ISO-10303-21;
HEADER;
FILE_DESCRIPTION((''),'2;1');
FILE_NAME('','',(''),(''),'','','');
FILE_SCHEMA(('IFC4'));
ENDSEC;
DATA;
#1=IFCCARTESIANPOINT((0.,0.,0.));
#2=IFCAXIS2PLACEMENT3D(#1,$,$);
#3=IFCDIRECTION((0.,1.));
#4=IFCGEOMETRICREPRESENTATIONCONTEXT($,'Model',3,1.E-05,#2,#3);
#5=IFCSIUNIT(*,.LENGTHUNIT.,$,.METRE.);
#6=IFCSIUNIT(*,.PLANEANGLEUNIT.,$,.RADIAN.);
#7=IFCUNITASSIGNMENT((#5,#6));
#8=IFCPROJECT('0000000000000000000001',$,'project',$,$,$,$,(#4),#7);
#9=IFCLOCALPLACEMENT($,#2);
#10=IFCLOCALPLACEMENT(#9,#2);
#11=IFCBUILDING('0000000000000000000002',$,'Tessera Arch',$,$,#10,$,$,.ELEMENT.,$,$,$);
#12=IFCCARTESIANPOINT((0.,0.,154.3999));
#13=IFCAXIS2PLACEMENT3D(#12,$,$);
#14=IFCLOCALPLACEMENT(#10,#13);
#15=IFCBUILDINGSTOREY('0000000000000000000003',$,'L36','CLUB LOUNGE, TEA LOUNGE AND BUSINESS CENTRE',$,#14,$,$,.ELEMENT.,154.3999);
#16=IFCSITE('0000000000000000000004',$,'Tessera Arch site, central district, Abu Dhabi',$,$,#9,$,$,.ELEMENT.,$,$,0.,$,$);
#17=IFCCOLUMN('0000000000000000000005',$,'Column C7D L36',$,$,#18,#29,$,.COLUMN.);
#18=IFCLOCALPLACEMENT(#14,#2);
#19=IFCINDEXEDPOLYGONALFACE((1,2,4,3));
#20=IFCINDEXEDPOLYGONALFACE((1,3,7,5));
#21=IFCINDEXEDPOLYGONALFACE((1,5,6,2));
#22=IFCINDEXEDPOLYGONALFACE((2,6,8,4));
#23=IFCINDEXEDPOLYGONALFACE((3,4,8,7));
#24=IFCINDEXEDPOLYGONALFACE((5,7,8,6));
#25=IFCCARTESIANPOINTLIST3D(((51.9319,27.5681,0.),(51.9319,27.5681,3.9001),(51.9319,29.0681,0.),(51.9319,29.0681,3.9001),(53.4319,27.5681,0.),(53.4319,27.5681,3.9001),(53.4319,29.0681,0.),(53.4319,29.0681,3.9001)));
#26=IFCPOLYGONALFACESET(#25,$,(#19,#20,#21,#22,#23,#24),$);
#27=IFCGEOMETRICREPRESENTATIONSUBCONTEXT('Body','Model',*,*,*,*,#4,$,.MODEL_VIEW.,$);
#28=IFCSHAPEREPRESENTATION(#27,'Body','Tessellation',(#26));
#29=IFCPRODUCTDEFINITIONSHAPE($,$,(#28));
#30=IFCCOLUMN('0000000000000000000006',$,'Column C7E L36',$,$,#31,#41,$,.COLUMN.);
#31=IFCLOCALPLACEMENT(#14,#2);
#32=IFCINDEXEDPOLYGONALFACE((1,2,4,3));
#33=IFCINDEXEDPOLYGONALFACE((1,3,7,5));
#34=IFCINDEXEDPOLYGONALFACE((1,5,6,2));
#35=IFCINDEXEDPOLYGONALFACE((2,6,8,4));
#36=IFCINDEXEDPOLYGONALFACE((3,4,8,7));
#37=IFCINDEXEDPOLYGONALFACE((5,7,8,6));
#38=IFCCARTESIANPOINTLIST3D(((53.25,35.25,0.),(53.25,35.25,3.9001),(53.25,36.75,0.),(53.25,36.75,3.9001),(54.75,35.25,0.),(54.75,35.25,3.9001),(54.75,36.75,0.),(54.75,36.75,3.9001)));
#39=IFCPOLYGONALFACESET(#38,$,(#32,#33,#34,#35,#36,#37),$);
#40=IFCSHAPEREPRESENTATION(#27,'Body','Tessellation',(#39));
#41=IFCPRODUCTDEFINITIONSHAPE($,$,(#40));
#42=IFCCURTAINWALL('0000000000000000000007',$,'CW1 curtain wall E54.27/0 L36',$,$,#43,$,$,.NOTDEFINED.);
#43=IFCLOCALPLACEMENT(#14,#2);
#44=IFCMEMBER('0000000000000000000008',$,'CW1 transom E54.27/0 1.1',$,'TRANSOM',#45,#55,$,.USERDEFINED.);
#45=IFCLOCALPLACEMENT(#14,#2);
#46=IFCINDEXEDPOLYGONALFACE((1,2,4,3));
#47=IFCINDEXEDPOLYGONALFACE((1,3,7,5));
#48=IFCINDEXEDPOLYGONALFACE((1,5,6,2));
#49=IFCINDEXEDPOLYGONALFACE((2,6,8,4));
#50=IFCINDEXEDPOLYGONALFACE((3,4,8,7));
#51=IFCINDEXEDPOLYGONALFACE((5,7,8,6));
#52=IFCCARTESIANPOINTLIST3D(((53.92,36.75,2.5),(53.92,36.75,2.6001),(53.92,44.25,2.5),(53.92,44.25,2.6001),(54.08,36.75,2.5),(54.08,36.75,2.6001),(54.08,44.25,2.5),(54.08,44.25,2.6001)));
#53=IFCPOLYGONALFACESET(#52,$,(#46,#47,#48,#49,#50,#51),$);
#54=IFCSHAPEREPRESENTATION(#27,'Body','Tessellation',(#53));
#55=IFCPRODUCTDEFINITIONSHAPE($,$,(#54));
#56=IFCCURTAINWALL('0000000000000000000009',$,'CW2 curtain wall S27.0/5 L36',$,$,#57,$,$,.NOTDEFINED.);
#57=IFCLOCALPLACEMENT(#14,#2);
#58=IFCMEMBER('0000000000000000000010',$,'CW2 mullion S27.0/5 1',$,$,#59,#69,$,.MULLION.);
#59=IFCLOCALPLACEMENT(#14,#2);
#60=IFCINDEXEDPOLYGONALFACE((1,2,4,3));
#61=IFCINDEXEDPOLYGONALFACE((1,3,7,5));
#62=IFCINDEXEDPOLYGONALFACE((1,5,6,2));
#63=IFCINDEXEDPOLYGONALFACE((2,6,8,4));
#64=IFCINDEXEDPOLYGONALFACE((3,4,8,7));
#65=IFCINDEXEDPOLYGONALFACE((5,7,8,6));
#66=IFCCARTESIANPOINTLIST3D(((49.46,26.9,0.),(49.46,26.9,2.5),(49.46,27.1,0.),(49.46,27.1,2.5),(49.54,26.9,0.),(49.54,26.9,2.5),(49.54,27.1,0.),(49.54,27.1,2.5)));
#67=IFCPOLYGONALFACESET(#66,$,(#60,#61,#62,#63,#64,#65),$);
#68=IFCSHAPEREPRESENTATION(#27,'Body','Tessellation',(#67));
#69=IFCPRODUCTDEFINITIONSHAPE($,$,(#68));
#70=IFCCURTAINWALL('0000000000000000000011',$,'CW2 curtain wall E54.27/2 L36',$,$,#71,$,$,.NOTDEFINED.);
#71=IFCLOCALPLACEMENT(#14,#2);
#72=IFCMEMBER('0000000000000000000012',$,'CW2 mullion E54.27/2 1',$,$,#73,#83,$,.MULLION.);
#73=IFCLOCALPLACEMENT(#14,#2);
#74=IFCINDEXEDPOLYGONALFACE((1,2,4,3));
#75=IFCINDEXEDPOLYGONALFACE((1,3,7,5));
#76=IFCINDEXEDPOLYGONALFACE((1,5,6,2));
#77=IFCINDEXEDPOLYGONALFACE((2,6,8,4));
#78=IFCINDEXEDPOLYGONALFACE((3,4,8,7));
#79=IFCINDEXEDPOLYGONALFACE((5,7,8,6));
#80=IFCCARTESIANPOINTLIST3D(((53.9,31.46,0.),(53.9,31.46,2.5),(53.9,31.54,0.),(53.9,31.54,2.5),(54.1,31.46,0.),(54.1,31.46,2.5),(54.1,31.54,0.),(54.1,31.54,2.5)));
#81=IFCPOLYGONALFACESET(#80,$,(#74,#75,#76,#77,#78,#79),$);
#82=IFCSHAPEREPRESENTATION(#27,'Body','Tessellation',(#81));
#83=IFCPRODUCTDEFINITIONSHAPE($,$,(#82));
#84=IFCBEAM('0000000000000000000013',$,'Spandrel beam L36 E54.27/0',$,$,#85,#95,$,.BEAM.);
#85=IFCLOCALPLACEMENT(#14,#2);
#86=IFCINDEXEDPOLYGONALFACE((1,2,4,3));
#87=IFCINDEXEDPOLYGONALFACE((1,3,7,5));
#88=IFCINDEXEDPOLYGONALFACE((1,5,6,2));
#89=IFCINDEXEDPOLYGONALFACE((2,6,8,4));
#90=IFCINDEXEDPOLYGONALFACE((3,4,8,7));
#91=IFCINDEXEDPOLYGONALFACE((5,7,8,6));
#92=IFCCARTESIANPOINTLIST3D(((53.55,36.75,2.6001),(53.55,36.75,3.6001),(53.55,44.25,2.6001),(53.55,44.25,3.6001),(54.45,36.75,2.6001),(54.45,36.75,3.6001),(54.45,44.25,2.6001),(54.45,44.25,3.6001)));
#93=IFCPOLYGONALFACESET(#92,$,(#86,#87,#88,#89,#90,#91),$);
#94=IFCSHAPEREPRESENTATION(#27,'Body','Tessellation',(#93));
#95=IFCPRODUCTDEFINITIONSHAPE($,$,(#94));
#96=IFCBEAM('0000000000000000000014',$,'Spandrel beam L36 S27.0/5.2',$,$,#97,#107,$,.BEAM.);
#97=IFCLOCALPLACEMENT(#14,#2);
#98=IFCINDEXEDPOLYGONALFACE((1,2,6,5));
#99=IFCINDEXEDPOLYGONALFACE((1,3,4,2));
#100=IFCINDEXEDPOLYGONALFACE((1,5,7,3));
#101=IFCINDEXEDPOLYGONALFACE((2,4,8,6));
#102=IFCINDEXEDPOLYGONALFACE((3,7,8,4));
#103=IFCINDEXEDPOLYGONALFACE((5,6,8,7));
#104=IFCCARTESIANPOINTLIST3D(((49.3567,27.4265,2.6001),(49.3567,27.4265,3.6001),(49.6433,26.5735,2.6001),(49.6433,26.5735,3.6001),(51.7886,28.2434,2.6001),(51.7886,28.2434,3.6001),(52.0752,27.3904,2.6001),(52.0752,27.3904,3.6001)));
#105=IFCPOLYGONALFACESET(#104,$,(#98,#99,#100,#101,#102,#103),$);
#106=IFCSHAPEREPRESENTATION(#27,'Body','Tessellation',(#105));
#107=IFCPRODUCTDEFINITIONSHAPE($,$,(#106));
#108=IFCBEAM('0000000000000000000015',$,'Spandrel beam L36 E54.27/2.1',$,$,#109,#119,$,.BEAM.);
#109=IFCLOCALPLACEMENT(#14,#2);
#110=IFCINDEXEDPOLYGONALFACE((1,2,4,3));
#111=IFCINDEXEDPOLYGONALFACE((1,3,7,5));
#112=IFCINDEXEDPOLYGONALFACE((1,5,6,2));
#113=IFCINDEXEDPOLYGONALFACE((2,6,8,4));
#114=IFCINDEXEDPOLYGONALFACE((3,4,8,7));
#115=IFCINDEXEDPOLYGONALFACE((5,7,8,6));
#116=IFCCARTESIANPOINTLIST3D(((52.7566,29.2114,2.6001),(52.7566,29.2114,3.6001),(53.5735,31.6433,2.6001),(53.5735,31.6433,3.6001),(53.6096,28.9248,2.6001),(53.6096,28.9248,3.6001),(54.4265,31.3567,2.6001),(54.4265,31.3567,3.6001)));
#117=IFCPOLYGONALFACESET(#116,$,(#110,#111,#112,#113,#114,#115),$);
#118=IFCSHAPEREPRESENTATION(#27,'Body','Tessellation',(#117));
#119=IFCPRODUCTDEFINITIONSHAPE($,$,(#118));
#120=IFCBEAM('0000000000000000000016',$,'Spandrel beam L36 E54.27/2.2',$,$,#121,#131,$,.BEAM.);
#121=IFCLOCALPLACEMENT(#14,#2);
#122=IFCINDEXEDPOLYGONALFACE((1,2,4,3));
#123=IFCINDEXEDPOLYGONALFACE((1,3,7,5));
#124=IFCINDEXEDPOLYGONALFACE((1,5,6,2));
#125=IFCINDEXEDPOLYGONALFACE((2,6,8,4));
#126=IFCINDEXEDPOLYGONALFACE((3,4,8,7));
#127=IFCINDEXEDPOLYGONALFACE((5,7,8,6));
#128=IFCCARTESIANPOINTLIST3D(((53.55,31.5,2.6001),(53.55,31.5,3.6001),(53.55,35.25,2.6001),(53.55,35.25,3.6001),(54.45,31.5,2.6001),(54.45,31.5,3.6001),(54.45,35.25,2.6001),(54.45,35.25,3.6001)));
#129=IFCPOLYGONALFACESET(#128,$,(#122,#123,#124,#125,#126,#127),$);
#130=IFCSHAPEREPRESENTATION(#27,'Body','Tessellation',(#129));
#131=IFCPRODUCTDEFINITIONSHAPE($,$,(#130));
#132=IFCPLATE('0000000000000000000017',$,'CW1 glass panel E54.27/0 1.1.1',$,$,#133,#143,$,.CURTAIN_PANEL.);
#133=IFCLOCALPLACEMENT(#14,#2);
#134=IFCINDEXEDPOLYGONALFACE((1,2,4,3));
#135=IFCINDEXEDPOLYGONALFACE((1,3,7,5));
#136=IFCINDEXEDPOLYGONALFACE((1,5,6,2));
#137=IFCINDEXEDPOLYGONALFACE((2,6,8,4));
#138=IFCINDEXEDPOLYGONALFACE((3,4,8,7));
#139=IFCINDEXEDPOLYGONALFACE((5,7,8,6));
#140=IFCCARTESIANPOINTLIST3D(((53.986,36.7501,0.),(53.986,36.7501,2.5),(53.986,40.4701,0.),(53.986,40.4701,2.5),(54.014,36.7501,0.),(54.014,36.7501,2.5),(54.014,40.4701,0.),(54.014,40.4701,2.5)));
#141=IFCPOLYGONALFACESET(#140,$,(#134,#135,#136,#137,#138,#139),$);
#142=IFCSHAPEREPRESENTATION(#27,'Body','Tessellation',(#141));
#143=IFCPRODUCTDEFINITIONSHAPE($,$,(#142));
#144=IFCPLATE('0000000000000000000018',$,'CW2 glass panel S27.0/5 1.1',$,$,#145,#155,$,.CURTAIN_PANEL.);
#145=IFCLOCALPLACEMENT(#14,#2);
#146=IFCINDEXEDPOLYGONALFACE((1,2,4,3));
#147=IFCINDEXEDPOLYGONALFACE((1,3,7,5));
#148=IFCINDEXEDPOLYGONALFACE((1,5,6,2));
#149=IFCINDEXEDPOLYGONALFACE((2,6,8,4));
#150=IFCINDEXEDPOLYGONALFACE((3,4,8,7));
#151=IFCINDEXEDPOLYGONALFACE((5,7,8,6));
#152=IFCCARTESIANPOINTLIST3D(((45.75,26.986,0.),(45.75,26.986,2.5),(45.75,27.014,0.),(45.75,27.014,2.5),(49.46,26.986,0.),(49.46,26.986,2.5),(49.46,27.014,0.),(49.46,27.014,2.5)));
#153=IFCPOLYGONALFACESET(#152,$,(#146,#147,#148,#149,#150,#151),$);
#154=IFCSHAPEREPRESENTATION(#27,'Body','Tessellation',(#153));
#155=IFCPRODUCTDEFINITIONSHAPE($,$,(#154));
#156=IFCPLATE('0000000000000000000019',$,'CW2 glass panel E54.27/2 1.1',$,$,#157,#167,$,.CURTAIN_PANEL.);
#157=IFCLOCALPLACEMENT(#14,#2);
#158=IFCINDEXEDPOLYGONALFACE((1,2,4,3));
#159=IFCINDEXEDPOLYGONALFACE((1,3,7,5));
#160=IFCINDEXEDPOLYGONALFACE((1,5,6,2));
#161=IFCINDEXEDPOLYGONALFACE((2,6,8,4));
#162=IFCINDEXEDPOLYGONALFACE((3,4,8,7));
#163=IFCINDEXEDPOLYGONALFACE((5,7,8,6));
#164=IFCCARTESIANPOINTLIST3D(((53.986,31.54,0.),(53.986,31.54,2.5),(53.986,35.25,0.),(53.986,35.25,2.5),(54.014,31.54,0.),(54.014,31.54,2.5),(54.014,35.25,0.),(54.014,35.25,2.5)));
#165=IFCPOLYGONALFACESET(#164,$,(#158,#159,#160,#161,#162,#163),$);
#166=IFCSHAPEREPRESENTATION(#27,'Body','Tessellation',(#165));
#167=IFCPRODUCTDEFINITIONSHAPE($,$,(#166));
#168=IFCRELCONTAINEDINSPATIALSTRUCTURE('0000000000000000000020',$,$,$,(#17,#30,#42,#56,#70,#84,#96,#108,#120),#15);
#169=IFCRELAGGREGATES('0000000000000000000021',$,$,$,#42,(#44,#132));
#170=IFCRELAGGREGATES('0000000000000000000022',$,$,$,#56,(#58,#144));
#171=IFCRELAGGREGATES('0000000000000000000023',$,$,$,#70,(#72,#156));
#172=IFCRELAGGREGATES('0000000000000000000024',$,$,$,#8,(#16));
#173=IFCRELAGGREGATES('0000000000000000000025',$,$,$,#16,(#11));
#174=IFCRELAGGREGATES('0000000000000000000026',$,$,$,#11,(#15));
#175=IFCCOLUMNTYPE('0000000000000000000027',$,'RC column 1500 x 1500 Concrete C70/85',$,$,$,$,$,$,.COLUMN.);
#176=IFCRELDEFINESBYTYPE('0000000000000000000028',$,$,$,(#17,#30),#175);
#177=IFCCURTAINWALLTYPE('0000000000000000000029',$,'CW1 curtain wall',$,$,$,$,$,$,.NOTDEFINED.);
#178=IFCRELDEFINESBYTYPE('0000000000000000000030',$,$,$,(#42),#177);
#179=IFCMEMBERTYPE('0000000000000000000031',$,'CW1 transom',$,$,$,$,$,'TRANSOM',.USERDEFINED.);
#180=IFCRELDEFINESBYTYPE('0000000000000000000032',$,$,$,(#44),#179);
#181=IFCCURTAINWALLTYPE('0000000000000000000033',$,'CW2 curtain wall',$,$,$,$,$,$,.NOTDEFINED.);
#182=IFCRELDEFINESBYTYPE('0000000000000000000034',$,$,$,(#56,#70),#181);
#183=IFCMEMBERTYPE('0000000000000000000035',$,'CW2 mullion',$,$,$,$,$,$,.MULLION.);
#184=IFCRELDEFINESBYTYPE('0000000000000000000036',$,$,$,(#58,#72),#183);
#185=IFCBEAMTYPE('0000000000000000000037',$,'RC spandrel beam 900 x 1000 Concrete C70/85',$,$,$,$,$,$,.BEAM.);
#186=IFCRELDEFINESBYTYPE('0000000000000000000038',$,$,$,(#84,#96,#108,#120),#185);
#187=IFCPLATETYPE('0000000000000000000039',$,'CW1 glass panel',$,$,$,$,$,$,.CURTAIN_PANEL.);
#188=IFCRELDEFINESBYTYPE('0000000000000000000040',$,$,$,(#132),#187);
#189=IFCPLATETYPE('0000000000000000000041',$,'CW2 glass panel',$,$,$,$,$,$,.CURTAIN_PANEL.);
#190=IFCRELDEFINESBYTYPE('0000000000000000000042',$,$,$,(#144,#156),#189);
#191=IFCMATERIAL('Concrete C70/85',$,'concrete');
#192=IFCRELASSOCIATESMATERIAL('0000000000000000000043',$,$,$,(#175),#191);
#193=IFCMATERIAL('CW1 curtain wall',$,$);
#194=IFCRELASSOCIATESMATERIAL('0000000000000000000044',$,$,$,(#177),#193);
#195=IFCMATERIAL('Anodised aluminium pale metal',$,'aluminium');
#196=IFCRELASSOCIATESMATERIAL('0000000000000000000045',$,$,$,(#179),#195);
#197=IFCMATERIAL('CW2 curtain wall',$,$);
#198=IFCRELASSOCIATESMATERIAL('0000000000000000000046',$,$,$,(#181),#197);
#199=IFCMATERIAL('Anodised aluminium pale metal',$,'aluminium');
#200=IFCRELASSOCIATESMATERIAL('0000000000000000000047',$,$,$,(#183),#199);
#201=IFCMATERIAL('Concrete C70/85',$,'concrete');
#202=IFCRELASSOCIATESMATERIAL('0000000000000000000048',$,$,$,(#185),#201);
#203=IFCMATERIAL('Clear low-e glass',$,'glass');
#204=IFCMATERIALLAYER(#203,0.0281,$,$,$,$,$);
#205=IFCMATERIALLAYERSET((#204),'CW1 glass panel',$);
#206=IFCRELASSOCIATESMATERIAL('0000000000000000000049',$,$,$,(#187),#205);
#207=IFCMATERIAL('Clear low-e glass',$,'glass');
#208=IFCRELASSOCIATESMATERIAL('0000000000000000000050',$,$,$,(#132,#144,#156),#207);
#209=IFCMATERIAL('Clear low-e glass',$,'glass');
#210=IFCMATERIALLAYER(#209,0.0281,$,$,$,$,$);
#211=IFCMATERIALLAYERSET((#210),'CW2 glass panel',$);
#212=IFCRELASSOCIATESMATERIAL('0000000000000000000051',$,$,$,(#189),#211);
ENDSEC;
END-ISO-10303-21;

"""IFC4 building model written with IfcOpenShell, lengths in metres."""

from ifc_helpers import new_model, si_unit, direction, frame, origin, origin_2d, place, context, subcontext, project, spatial, rectangle, extrude, material, layer, layer_set, material_profile, profile_set, type_object, element, aggregate, save


model = new_model("IFC4")

# Units and contexts
model_context = context("Model", 3, precision=1e-05, world=origin(), true_north=direction((0.0, 1.0)))
body_context = subcontext(model_context, "Body", "Model", "MODEL_VIEW")
ifc_project = project(units=[si_unit("LENGTHUNIT", "METRE"), si_unit("PLANEANGLEUNIT", "RADIAN")], contexts=[model_context])

# Site, building, storey
site_placement = place(None, origin())
site = spatial("IfcSite", under=ifc_project, at=site_placement, Name="Tessera Arch site, central district, Abu Dhabi", CompositionType="ELEMENT", RefElevation=0.0)
building_placement = place(site_placement, origin())
building = spatial("IfcBuilding", under=site, at=building_placement, Name="Tessera Arch", CompositionType="ELEMENT")
storey_placement = place(building_placement, frame((0.0, 0.0, 154.3999)))
storey = spatial("IfcBuildingStorey", under=building, at=storey_placement, Name="L36", Description="CLUB LOUNGE, TEA LOUNGE AND BUSINESS CENTRE", CompositionType="ELEMENT", Elevation=154.3999)

# Columns
ifc_material_1 = material(Name="Concrete C70/85", Category="concrete")
ifc_material_profile_1 = material_profile(ifc_material_1, rectangle(XDim=1.5, YDim=1.5, at=origin_2d()), Name="RC column 1500 x 1500 Concrete C70/85")
ifc_profile_set_1 = profile_set([ifc_material_profile_1], Name="Concrete C70/85")
column_type = type_object("IfcColumnType", Name="RC column 1500 x 1500 Concrete C70/85", PredefinedType="COLUMN", material=ifc_profile_set_1)
for number, where, z_axis, x_axis, name in (
    (1, (52.6819, 28.3181, 0.0), (0.0, 0.0, 1.0), (1.0, 0.0, 0.0), "Column C7D L36"),
    (2, (54.0, 36.0, 0.0), (0.0, 0.0, 1.0), (1.0, 0.0, 0.0), "Column C7E L36"),
):
    element("IfcColumn", number, at=place(storey_placement, frame(where, z_axis=z_axis, x_axis=x_axis)), inside=storey, type_object=column_type, Name=name, PredefinedType="COLUMN", context=body_context, shape_type="SweptSolid", body=[
        extrude(rectangle(XDim=1.5, YDim=1.5, at=origin_2d()), origin(), (0.0, 0.0, 1.0), 3.9001),
    ])

# Curtain walls, members
ifc_material_2 = material(Name="CW1 curtain wall")
curtain_wall_type_1 = type_object("IfcCurtainWallType", Name="CW1 curtain wall", PredefinedType="NOTDEFINED", material=ifc_material_2)
curtain_wall_1_placement = place(storey_placement, origin())
curtain_wall_1 = element("IfcCurtainWall", 3, at=curtain_wall_1_placement, inside=storey, type_object=curtain_wall_type_1, Name="CW1 curtain wall E54.27/0 L36", PredefinedType="NOTDEFINED")
ifc_material_3 = material(Name="Anodised aluminium pale metal", Category="aluminium")
ifc_material_profile_2 = material_profile(ifc_material_3, rectangle(XDim=0.1599, YDim=0.1001, at=origin_2d()), Name="AL 160x100")
ifc_profile_set_2 = profile_set([ifc_material_profile_2], Name="Anodised aluminium pale metal")
member_type_1 = type_object("IfcMemberType", Name="CW1 transom", ElementType="TRANSOM", PredefinedType="USERDEFINED", material=ifc_profile_set_2)
member_1_placement = place(storey_placement, frame((54.0, 36.75, 2.55), z_axis=(0.0, 1.0, 0.0), x_axis=(-1.0, 0.0, 0.0)))
member_1 = element("IfcMember", 4, at=member_1_placement, type_object=member_type_1, Name="CW1 transom E54.27/0 1.1", ObjectType="TRANSOM", PredefinedType="USERDEFINED", context=body_context, shape_type="SweptSolid", body=[
    extrude(rectangle(XDim=0.1599, YDim=0.1001, at=origin_2d()), origin(), (0.0, 0.0, 1.0), 7.5),
])
ifc_material_4 = material(Name="CW2 curtain wall")
curtain_wall_type_2 = type_object("IfcCurtainWallType", Name="CW2 curtain wall", PredefinedType="NOTDEFINED", material=ifc_material_4)
curtain_wall_2_placement = place(storey_placement, origin())
curtain_wall_2 = element("IfcCurtainWall", 5, at=curtain_wall_2_placement, inside=storey, type_object=curtain_wall_type_2, Name="CW2 curtain wall S27.0/5 L36", PredefinedType="NOTDEFINED")
ifc_material_5 = material(Name="Anodised aluminium pale metal", Category="aluminium")
ifc_material_profile_3 = material_profile(ifc_material_5, rectangle(XDim=0.2, YDim=0.0801, at=origin_2d()), Name="AL 80x200")
ifc_profile_set_3 = profile_set([ifc_material_profile_3], Name="Anodised aluminium pale metal")
member_type_2 = type_object("IfcMemberType", Name="CW2 mullion", PredefinedType="MULLION", material=ifc_profile_set_3)
member_2_placement = place(storey_placement, frame((49.5, 27.0, 0.0), z_axis=(0.0, 0.0, 1.0), x_axis=(0.0, 1.0, 0.0)))
member_2 = element("IfcMember", 6, at=member_2_placement, type_object=member_type_2, Name="CW2 mullion S27.0/5 1", PredefinedType="MULLION", context=body_context, shape_type="SweptSolid", body=[
    extrude(rectangle(XDim=0.2, YDim=0.0801, at=origin_2d()), origin(), (0.0, 0.0, 1.0), 2.5),
])
curtain_wall_3_placement = place(storey_placement, origin())
curtain_wall_3 = element("IfcCurtainWall", 7, at=curtain_wall_3_placement, inside=storey, type_object=curtain_wall_type_2, Name="CW2 curtain wall E54.27/2 L36", PredefinedType="NOTDEFINED")
member_3_placement = place(storey_placement, frame((54.0, 31.5, 0.0), z_axis=(0.0, 0.0, 1.0), x_axis=(-1.0, 0.0, 0.0)))
member_3 = element("IfcMember", 8, at=member_3_placement, type_object=member_type_2, Name="CW2 mullion E54.27/2 1", PredefinedType="MULLION", context=body_context, shape_type="SweptSolid", body=[
    extrude(rectangle(XDim=0.2, YDim=0.0801, at=origin_2d()), origin(), (0.0, 0.0, 1.0), 2.5),
])

# Beams
ifc_material_6 = material(Name="Concrete C70/85", Category="concrete")
ifc_material_profile_4 = material_profile(ifc_material_6, rectangle(XDim=0.8999, YDim=1.0, at=origin_2d()), Name="RC spandrel beam 900 x 1000 Concrete C70/85")
ifc_profile_set_4 = profile_set([ifc_material_profile_4], Name="Concrete C70/85")
beam_type = type_object("IfcBeamType", Name="RC spandrel beam 900 x 1000 Concrete C70/85", PredefinedType="BEAM", material=ifc_profile_set_4)
beam_1_placement = place(storey_placement, frame((54.0, 36.75, 3.1001), z_axis=(0.0, 1.0, 0.0), x_axis=(-1.0, 0.0, 0.0)))
element("IfcBeam", 9, at=beam_1_placement, inside=storey, type_object=beam_type, Name="Spandrel beam L36 E54.27/0", PredefinedType="BEAM", context=body_context, shape_type="SweptSolid", body=[
    extrude(rectangle(XDim=0.8999, YDim=1.0, at=origin_2d()), origin(), (0.0, 0.0, 1.0), 7.5),
])
for number, where, z_axis, x_axis, name in (
    (10, (49.5, 27.0, 3.1001), (0.947948, 0.318425, 0.0), (-0.318425, 0.947948, 0.0), "Spandrel beam L36 S27.0/5.2"),
    (11, (53.1831, 29.0681, 3.1001), (0.318425, 0.947948, 0.0), (-0.947948, 0.318425, 0.0), "Spandrel beam L36 E54.27/2.1"),
):
    element("IfcBeam", number, at=place(storey_placement, frame(where, z_axis=z_axis, x_axis=x_axis)), inside=storey, type_object=beam_type, Name=name, PredefinedType="BEAM", context=body_context, shape_type="SweptSolid", body=[
        extrude(rectangle(XDim=0.8999, YDim=1.0, at=origin_2d()), origin(), (0.0, 0.0, 1.0), 2.5654),
    ])
beam_2_placement = place(storey_placement, frame((54.0, 31.5, 3.1001), z_axis=(0.0, 1.0, 0.0), x_axis=(-1.0, 0.0, 0.0)))
element("IfcBeam", 12, at=beam_2_placement, inside=storey, type_object=beam_type, Name="Spandrel beam L36 E54.27/2.2", PredefinedType="BEAM", context=body_context, shape_type="SweptSolid", body=[
    extrude(rectangle(XDim=0.8999, YDim=1.0, at=origin_2d()), origin(), (0.0, 0.0, 1.0), 3.75),
])

# Plates
ifc_material_7 = material(Name="Clear low-e glass", Category="glass")
ifc_material_8 = material(Name="Clear low-e glass", Category="glass")
ifc_layer_1 = layer(ifc_material_8, 0.0281)
ifc_layer_set_1 = layer_set([ifc_layer_1], Name="CW1 glass panel")
plate_type_1 = type_object("IfcPlateType", Name="CW1 glass panel", PredefinedType="CURTAIN_PANEL", material=ifc_layer_set_1)
plate_1_placement = place(storey_placement, frame((54.0, 38.6101, 0.0), z_axis=(0.0, 0.0, 1.0), x_axis=(0.0, 1.0, 0.0)))
plate_1 = element("IfcPlate", 13, at=plate_1_placement, type_object=plate_type_1, material=ifc_material_7, Name="CW1 glass panel E54.27/0 1.1.1", PredefinedType="CURTAIN_PANEL", context=body_context, shape_type="SweptSolid", body=[
    extrude(rectangle(XDim=3.72, YDim=0.0281, at=origin_2d()), origin(), (0.0, 0.0, 1.0), 2.5),
])
aggregate(curtain_wall_1, [member_1, plate_1])
ifc_material_9 = material(Name="Clear low-e glass", Category="glass")
ifc_layer_2 = layer(ifc_material_9, 0.0281)
ifc_layer_set_2 = layer_set([ifc_layer_2], Name="CW2 glass panel")
plate_type_2 = type_object("IfcPlateType", Name="CW2 glass panel", PredefinedType="CURTAIN_PANEL", material=ifc_layer_set_2)
plate_2_placement = place(storey_placement, frame((47.605, 27.0, 0.0), z_axis=(0.0, 0.0, 1.0), x_axis=(1.0, 0.0, 0.0)))
plate_2 = element("IfcPlate", 14, at=plate_2_placement, type_object=plate_type_2, material=ifc_material_7, Name="CW2 glass panel S27.0/5 1.1", PredefinedType="CURTAIN_PANEL", context=body_context, shape_type="SweptSolid", body=[
    extrude(rectangle(XDim=3.71, YDim=0.0281, at=origin_2d()), origin(), (0.0, 0.0, 1.0), 2.5),
])
aggregate(curtain_wall_2, [member_2, plate_2])
plate_3_placement = place(storey_placement, frame((54.0, 33.395, 0.0), z_axis=(0.0, 0.0, 1.0), x_axis=(0.0, 1.0, 0.0)))
plate_3 = element("IfcPlate", 15, at=plate_3_placement, type_object=plate_type_2, material=ifc_material_7, Name="CW2 glass panel E54.27/2 1.1", PredefinedType="CURTAIN_PANEL", context=body_context, shape_type="SweptSolid", body=[
    extrude(rectangle(XDim=3.71, YDim=0.0281, at=origin_2d()), origin(), (0.0, 0.0, 1.0), 2.5),
])
aggregate(curtain_wall_3, [member_3, plate_3])

save(model, "model.ifc")
